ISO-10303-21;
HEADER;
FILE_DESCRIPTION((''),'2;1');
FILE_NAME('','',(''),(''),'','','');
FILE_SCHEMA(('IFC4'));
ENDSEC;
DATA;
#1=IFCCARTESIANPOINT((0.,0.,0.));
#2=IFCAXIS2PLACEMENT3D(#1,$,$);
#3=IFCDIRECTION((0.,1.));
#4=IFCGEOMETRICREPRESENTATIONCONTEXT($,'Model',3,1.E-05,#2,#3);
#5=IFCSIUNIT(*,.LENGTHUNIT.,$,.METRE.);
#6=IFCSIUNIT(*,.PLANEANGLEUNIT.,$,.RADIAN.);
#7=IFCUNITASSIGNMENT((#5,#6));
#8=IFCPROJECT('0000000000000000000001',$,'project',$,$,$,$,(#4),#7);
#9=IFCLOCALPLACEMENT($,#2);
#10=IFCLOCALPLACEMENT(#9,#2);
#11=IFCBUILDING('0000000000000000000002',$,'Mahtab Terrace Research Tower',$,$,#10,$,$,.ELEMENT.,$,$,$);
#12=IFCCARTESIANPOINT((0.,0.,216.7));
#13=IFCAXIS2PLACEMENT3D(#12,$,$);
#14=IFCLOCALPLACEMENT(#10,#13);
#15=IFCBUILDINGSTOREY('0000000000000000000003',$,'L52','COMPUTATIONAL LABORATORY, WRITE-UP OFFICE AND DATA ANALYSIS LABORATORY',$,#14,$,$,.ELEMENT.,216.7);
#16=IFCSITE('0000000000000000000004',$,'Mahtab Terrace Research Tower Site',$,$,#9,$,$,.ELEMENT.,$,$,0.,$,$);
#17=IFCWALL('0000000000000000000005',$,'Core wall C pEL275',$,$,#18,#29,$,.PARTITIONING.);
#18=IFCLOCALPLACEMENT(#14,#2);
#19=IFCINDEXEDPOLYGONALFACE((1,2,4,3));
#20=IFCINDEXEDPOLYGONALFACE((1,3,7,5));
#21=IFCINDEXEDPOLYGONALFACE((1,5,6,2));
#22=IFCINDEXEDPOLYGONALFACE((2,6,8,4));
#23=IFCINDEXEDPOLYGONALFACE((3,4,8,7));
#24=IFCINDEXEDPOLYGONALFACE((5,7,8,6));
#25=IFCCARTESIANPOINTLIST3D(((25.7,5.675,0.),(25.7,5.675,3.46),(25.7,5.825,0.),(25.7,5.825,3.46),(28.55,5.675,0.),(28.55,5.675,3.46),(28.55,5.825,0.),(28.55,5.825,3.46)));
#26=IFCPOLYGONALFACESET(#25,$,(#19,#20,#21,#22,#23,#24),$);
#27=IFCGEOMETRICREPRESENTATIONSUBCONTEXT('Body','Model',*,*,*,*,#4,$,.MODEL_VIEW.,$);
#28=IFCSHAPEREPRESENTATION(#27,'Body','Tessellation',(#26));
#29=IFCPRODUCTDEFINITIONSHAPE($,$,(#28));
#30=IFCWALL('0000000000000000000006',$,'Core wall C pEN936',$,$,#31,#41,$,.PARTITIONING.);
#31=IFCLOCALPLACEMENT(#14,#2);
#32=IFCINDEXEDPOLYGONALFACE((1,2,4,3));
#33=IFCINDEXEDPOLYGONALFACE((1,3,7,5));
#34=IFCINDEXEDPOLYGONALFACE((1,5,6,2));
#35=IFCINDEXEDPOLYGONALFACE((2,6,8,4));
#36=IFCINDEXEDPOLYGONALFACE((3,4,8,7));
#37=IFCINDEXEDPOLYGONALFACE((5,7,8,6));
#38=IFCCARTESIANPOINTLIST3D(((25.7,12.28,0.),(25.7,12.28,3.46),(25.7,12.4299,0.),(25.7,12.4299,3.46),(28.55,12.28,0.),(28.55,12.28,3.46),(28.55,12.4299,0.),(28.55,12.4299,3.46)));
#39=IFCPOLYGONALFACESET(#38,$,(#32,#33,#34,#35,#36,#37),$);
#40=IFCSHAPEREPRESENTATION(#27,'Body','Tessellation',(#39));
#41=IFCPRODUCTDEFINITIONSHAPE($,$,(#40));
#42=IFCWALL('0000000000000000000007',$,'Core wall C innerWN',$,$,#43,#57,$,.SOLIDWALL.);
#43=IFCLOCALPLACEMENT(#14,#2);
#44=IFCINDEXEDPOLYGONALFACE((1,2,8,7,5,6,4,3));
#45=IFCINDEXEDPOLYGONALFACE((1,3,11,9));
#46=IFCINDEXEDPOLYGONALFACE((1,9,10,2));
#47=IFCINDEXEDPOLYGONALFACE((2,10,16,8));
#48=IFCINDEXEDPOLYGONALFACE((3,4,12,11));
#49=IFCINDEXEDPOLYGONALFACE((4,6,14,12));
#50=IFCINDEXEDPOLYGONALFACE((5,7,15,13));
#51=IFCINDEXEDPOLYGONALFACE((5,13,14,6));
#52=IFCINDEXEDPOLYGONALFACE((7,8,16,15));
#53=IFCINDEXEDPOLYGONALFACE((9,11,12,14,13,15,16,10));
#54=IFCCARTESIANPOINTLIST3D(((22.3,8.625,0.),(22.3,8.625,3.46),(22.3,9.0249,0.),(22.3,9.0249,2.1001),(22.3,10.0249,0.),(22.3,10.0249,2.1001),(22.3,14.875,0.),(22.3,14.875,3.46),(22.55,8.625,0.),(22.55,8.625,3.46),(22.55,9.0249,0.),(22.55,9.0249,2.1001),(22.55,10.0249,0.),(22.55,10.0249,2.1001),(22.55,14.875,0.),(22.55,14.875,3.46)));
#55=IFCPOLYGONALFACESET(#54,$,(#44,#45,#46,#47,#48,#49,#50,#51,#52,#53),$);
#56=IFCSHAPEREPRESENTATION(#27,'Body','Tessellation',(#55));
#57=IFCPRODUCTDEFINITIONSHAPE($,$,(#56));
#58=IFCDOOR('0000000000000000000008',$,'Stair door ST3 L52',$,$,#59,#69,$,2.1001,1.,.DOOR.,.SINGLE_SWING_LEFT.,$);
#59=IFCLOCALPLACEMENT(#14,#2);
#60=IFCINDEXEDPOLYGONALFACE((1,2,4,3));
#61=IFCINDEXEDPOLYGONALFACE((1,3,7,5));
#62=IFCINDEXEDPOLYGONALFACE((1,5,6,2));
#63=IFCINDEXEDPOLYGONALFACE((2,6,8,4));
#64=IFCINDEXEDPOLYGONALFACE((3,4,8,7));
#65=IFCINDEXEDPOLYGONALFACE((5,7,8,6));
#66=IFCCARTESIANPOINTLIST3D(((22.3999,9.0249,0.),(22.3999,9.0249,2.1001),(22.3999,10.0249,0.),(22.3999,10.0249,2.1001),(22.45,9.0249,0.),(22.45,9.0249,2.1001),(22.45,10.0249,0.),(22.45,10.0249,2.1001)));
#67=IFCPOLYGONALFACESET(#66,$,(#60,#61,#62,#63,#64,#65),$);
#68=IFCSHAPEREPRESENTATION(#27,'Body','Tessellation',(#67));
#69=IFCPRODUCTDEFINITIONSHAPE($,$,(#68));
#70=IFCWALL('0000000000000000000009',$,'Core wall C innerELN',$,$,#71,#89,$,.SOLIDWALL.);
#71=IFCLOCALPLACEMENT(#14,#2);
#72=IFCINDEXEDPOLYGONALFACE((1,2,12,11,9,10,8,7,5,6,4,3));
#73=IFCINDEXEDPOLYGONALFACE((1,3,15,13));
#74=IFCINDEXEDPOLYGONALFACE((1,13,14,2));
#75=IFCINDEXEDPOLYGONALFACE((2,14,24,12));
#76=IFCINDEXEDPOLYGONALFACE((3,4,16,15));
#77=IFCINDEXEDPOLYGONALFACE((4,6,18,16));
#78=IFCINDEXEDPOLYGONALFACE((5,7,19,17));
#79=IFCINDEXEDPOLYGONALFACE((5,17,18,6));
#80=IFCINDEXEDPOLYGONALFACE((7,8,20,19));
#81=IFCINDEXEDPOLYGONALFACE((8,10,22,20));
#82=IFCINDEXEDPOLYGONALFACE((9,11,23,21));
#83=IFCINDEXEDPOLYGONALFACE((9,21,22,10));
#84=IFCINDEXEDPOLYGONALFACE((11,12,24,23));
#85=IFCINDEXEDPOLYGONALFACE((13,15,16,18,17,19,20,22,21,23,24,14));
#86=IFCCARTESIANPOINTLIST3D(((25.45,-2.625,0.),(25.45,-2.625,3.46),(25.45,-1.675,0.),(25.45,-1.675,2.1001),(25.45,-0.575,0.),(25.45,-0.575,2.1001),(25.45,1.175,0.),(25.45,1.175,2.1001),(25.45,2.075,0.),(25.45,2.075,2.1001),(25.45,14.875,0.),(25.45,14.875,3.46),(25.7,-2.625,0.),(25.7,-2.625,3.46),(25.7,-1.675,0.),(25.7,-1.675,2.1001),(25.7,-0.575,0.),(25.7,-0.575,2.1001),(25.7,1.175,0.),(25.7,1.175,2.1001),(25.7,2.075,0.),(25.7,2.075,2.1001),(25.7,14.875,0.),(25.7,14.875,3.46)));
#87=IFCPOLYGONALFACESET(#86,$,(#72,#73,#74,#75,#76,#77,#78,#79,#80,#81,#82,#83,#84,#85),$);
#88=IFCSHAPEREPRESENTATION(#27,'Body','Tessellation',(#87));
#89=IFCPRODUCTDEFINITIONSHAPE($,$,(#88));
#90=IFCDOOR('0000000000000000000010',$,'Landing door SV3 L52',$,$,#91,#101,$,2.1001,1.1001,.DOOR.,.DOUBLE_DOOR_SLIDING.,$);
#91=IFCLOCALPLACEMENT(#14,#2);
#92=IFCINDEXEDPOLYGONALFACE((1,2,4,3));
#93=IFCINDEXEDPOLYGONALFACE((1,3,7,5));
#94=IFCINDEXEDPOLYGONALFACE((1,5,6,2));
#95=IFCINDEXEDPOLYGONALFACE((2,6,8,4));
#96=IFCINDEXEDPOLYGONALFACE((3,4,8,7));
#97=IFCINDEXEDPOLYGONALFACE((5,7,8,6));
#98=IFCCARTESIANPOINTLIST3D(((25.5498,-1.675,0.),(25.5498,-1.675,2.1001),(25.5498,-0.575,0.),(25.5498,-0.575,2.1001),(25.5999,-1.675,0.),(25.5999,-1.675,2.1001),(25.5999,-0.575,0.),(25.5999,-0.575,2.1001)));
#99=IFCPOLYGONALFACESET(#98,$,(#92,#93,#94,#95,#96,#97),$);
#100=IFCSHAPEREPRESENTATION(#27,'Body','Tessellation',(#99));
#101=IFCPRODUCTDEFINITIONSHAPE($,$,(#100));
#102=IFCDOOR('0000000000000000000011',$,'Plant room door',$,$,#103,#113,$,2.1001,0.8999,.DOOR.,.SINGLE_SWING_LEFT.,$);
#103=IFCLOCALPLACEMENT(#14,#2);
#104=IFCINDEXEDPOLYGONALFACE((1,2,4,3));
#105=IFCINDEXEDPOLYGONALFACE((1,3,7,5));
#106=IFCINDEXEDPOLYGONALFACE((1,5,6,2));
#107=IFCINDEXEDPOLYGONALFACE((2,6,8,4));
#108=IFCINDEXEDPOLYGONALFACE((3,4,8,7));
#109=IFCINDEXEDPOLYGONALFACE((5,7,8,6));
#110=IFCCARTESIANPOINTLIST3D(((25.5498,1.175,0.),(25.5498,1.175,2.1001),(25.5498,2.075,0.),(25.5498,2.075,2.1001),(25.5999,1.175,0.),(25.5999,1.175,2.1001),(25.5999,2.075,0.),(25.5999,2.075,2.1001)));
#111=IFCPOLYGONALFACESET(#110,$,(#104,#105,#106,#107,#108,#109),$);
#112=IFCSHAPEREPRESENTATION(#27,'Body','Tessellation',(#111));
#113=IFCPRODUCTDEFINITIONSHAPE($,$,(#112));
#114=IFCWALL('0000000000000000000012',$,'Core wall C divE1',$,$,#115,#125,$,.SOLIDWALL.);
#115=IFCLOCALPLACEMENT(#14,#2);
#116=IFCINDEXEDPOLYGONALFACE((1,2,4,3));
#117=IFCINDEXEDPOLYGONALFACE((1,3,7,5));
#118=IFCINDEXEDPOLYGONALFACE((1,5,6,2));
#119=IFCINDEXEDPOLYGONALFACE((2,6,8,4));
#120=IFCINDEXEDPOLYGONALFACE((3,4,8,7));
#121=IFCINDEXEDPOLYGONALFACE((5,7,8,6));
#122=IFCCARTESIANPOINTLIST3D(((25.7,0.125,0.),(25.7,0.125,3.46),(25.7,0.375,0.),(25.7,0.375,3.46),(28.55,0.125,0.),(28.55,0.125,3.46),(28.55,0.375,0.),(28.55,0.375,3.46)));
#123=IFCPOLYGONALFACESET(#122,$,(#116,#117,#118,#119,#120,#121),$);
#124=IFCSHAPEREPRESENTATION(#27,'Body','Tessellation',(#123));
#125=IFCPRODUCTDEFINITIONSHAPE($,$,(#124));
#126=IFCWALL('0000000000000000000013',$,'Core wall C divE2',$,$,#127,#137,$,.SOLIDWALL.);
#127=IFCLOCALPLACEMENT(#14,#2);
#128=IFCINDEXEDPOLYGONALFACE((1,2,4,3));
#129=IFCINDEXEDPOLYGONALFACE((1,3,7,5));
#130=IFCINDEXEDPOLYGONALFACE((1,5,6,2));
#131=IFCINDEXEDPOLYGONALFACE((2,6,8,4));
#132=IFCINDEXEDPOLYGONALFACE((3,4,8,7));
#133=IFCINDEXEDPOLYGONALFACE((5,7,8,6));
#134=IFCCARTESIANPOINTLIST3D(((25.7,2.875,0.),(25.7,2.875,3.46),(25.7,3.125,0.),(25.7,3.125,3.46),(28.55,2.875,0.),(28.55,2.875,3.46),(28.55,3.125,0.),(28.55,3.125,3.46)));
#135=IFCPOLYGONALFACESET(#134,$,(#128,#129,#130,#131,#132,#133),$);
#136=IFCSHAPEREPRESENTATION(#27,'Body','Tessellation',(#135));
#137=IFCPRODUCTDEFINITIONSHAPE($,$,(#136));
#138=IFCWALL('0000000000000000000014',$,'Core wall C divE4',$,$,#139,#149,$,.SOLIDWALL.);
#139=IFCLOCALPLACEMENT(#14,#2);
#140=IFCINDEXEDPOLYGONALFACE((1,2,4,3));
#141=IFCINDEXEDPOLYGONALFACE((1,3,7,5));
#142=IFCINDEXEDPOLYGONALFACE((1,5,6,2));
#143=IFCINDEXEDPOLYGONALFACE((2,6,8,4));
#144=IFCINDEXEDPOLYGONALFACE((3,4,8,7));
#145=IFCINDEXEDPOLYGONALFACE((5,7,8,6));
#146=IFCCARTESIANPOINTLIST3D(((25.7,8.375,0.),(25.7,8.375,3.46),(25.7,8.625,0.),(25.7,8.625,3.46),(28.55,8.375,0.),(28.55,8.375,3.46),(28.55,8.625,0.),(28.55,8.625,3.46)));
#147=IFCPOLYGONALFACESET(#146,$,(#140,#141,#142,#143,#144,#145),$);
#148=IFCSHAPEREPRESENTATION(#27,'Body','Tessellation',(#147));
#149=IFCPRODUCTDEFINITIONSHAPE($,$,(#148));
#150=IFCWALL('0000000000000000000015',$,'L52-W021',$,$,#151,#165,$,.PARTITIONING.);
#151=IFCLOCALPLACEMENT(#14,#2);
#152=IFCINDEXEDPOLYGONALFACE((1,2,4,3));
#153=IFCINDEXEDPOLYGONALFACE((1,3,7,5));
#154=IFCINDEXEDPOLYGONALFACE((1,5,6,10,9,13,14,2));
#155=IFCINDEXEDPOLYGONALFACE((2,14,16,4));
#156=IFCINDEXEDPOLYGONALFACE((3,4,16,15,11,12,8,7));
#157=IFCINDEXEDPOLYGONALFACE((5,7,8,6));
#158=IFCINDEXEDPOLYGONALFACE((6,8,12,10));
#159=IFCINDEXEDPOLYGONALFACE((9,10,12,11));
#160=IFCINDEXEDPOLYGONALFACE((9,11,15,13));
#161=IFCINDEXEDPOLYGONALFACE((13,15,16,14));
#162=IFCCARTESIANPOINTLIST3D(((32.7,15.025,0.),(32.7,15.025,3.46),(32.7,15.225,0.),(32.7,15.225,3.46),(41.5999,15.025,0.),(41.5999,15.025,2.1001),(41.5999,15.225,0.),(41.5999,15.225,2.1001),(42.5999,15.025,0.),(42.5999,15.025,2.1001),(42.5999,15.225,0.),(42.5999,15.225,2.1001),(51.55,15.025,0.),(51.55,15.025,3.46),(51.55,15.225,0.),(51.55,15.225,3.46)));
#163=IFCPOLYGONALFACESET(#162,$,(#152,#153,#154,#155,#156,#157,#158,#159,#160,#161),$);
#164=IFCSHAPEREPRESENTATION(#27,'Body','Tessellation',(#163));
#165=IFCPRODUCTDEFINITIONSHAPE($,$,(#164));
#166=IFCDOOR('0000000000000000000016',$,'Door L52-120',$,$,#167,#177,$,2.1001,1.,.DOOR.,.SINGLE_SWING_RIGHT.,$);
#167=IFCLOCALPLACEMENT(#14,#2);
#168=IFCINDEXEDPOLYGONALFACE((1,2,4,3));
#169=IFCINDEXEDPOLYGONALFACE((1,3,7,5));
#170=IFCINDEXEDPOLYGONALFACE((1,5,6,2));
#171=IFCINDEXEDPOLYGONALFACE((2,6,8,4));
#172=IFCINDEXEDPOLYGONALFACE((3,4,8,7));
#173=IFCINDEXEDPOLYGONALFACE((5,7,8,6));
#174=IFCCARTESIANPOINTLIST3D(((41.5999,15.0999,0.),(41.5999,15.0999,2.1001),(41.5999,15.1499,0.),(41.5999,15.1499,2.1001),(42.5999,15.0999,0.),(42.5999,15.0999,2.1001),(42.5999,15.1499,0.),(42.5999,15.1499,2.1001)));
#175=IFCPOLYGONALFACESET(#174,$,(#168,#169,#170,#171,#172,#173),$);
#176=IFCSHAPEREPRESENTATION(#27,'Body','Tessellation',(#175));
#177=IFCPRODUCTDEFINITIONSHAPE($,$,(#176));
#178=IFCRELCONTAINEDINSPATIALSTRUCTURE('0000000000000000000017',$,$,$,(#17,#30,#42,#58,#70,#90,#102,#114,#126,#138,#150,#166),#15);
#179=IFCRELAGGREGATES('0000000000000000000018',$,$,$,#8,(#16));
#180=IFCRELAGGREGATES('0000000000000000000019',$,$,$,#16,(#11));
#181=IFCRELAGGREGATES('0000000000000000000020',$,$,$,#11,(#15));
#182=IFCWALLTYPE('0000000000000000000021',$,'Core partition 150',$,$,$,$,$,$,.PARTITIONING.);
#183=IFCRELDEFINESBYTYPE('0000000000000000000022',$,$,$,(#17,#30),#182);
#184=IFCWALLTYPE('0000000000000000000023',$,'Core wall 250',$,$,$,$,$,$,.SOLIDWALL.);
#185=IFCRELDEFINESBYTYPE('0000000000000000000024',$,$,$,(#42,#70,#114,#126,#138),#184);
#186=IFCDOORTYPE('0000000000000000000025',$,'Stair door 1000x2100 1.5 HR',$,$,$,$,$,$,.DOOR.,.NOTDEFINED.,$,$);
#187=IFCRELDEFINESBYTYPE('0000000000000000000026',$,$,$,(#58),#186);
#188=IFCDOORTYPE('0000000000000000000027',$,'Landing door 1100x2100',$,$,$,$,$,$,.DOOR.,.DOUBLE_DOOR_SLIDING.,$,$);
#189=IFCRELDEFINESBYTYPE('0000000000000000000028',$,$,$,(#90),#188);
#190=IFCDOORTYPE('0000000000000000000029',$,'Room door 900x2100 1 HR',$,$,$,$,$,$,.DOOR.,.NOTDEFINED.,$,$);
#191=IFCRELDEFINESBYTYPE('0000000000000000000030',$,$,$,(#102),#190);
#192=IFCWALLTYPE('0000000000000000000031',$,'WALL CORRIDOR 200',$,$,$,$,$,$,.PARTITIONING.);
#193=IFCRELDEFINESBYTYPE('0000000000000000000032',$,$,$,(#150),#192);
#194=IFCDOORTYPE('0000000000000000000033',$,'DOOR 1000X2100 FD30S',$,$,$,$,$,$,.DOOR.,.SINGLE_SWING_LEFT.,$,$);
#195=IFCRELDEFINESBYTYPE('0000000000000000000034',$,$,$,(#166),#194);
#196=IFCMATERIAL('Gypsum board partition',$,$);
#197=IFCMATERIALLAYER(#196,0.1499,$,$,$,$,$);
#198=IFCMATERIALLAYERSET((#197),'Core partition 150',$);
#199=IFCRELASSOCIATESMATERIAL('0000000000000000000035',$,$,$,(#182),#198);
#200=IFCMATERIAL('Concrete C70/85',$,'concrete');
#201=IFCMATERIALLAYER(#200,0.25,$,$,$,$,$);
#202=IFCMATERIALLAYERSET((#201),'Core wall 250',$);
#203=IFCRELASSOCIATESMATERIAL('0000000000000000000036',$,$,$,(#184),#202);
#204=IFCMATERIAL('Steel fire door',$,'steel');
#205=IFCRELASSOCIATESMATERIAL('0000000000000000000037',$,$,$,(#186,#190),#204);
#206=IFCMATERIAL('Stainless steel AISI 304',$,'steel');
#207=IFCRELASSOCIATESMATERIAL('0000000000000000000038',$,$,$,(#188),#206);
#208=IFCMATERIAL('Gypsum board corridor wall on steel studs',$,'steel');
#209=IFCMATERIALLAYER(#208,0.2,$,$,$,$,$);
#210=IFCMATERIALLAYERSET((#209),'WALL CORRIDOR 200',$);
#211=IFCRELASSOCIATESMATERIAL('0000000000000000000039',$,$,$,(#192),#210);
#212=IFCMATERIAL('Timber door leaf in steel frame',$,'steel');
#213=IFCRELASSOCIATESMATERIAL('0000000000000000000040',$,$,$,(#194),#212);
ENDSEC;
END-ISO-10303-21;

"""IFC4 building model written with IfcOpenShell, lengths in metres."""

from ifc_helpers import new_model, si_unit, direction, frame, frame_2d, origin, place, context, subcontext, project, spatial, rectangle, extrude, material, layer, layer_set, type_object, element, fill, save


model = new_model("IFC4")

# Units and contexts
model_context = context("Model", 3, precision=1e-05, world=origin(), true_north=direction((0.0, 1.0)))
body_context = subcontext(model_context, "Body", "Model", "MODEL_VIEW")
ifc_project = project(units=[si_unit("LENGTHUNIT", "METRE"), si_unit("PLANEANGLEUNIT", "RADIAN")], contexts=[model_context])

# Site, building, storey
site_placement = place(None, origin())
site = spatial("IfcSite", under=ifc_project, at=site_placement, Name="Mahtab Terrace Research Tower Site", CompositionType="ELEMENT", RefElevation=0.0)
building_placement = place(site_placement, origin())
building = spatial("IfcBuilding", under=site, at=building_placement, Name="Mahtab Terrace Research Tower", CompositionType="ELEMENT")
storey_placement = place(building_placement, frame((0.0, 0.0, 216.7)))
storey = spatial("IfcBuildingStorey", under=building, at=storey_placement, Name="L52", Description="COMPUTATIONAL LABORATORY, WRITE-UP OFFICE AND DATA ANALYSIS LABORATORY", CompositionType="ELEMENT", Elevation=216.7)

# Shared definitions
ifc_material_1 = material(Name="Concrete C70/85", Category="concrete")

# Walls
ifc_material_2 = material(Name="Gypsum board partition")
ifc_layer_1 = layer(ifc_material_2, 0.1499)
ifc_layer_set_1 = layer_set([ifc_layer_1], Name="Core partition 150")
wall_type_1 = type_object("IfcWallType", Name="Core partition 150", PredefinedType="PARTITIONING", material=ifc_layer_set_1)
for number, where, z_axis, x_axis, name in (
    (1, (25.7, 5.75, 0.0), (0.0, 0.0, 1.0), (1.0, 0.0, 0.0), "Core wall C pEL275"),
    (2, (25.7, 12.355, 0.0), (0.0, 0.0, 1.0), (1.0, 0.0, 0.0), "Core wall C pEN936"),
):
    element("IfcWall", number, at=place(storey_placement, frame(where, z_axis=z_axis, x_axis=x_axis)), inside=storey, type_object=wall_type_1, Name=name, PredefinedType="PARTITIONING", context=body_context, shape_type="SweptSolid", body=[
        extrude(rectangle(XDim=2.8501, YDim=0.1499, at=frame_2d((1.425, 0.0))), origin(), (0.0, 0.0, 1.0), 3.46),
    ])

# Wall, opening, door
ifc_layer_2 = layer(ifc_material_1, 0.25)
ifc_layer_set_2 = layer_set([ifc_layer_2], Name="Core wall 250")
wall_type_2 = type_object("IfcWallType", Name="Core wall 250", PredefinedType="SOLIDWALL", material=ifc_layer_set_2)
wall_1_placement = place(storey_placement, frame((22.425, 14.875, 0.0), z_axis=(0.0, 0.0, 1.0), x_axis=(0.0, -1.0, 0.0)))
wall_1 = element("IfcWall", 3, at=wall_1_placement, inside=storey, type_object=wall_type_2, Name="Core wall C innerWN", PredefinedType="SOLIDWALL", context=body_context, shape_type="SweptSolid", body=[
    extrude(rectangle(XDim=6.25, YDim=0.25, at=frame_2d((3.125, 0.0))), origin(), (0.0, 0.0, 1.0), 3.46),
])
opening_1_placement = place(wall_1_placement, frame((4.8501, 0.0, 0.0)))
opening_1 = element("IfcOpeningElement", 4, at=opening_1_placement, cuts=wall_1, PredefinedType="OPENING", context=body_context, shape_type="SweptSolid", body=[
    extrude(rectangle(XDim=1.0, YDim=2.1001, at=frame_2d((0.5, 1.05))), frame((0.0, 0.135, 0.0), z_axis=(0.0, -1.0, 0.0), x_axis=(1.0, 0.0, 0.0)), (0.0, 0.0, 1.0), 0.27),
])
ifc_material_3 = material(Name="Steel fire door", Category="steel")
door_type_1 = type_object("IfcDoorType", Name="Stair door 1000x2100 1.5 HR", OperationType="NOTDEFINED", PredefinedType="DOOR", material=ifc_material_3)
door_1_placement = place(opening_1_placement, origin())
door_1 = element("IfcDoor", 5, at=door_1_placement, inside=storey, type_object=door_type_1, Name="Stair door ST3 L52", OperationType="SINGLE_SWING_LEFT", OverallHeight=2.1001, OverallWidth=1.0, PredefinedType="DOOR", context=body_context, shape_type="SweptSolid", body=[
    extrude(rectangle(XDim=1.0, YDim=2.1001, at=frame_2d((0.5, 1.05))), frame((0.0, 0.0249, 0.0), z_axis=(0.0, -1.0, 0.0), x_axis=(1.0, 0.0, 0.0)), (0.0, 0.0, 1.0), 0.05),
])
fill(opening_1, door_1)

# Wall, openings, doors
wall_2_placement = place(storey_placement, frame((25.575, 14.875, 0.0), z_axis=(0.0, 0.0, 1.0), x_axis=(0.0, -1.0, 0.0)))
wall_2 = element("IfcWall", 6, at=wall_2_placement, inside=storey, type_object=wall_type_2, Name="Core wall C innerELN", PredefinedType="SOLIDWALL", context=body_context, shape_type="SweptSolid", body=[
    extrude(rectangle(XDim=17.5, YDim=0.25, at=frame_2d((8.75, 0.0))), origin(), (0.0, 0.0, 1.0), 3.46),
])
opening_2_placement = place(wall_2_placement, frame((15.45, 0.0, 0.0)))
opening_2 = element("IfcOpeningElement", 7, at=opening_2_placement, cuts=wall_2, PredefinedType="OPENING", context=body_context, shape_type="SweptSolid", body=[
    extrude(rectangle(XDim=1.1001, YDim=2.1001, at=frame_2d((0.55, 1.05))), frame((0.0, 0.135, 0.0), z_axis=(0.0, -1.0, 0.0), x_axis=(1.0, 0.0, 0.0)), (0.0, 0.0, 1.0), 0.27),
])
opening_3_placement = place(wall_2_placement, frame((12.8, 0.0, 0.0)))
opening_3 = element("IfcOpeningElement", 8, at=opening_3_placement, cuts=wall_2, PredefinedType="OPENING", context=body_context, shape_type="SweptSolid", body=[
    extrude(rectangle(XDim=0.8999, YDim=2.1001, at=frame_2d((0.45, 1.05))), frame((0.0, 0.135, 0.0), z_axis=(0.0, -1.0, 0.0), x_axis=(1.0, 0.0, 0.0)), (0.0, 0.0, 1.0), 0.27),
])
ifc_material_4 = material(Name="Stainless steel AISI 304", Category="steel")
door_type_2 = type_object("IfcDoorType", Name="Landing door 1100x2100", OperationType="DOUBLE_DOOR_SLIDING", PredefinedType="DOOR", material=ifc_material_4)
door_2_placement = place(opening_2_placement, origin())
door_2 = element("IfcDoor", 9, at=door_2_placement, inside=storey, type_object=door_type_2, Name="Landing door SV3 L52", OperationType="DOUBLE_DOOR_SLIDING", OverallHeight=2.1001, OverallWidth=1.1001, PredefinedType="DOOR", context=body_context, shape_type="SweptSolid", body=[
    extrude(rectangle(XDim=1.1001, YDim=2.1001, at=frame_2d((0.55, 1.05))), frame((0.0, 0.0249, 0.0), z_axis=(0.0, -1.0, 0.0), x_axis=(1.0, 0.0, 0.0)), (0.0, 0.0, 1.0), 0.05),
])
fill(opening_2, door_2)
door_type_3 = type_object("IfcDoorType", Name="Room door 900x2100 1 HR", OperationType="NOTDEFINED", PredefinedType="DOOR", material=ifc_material_3)
door_3_placement = place(opening_3_placement, origin())
door_3 = element("IfcDoor", 10, at=door_3_placement, inside=storey, type_object=door_type_3, Name="Plant room door", OperationType="SINGLE_SWING_LEFT", OverallHeight=2.1001, OverallWidth=0.8999, PredefinedType="DOOR", context=body_context, shape_type="SweptSolid", body=[
    extrude(rectangle(XDim=0.8999, YDim=2.1001, at=frame_2d((0.45, 1.05))), frame((0.0, 0.0249, 0.0), z_axis=(0.0, -1.0, 0.0), x_axis=(1.0, 0.0, 0.0)), (0.0, 0.0, 1.0), 0.05),
])
fill(opening_3, door_3)

# Walls
for number, where, z_axis, x_axis, name in (
    (11, (25.7, 0.25, 0.0), (0.0, 0.0, 1.0), (1.0, 0.0, 0.0), "Core wall C divE1"),
    (12, (25.7, 3.0, 0.0), (0.0, 0.0, 1.0), (1.0, 0.0, 0.0), "Core wall C divE2"),
    (13, (25.7, 8.5, 0.0), (0.0, 0.0, 1.0), (1.0, 0.0, 0.0), "Core wall C divE4"),
):
    element("IfcWall", number, at=place(storey_placement, frame(where, z_axis=z_axis, x_axis=x_axis)), inside=storey, type_object=wall_type_2, Name=name, PredefinedType="SOLIDWALL", context=body_context, shape_type="SweptSolid", body=[
        extrude(rectangle(XDim=2.8501, YDim=0.25, at=frame_2d((1.425, 0.0))), origin(), (0.0, 0.0, 1.0), 3.46),
    ])

# Wall, opening, door
ifc_material_5 = material(Name="Gypsum board corridor wall on steel studs", Category="steel")
ifc_layer_3 = layer(ifc_material_5, 0.2)
ifc_layer_set_3 = layer_set([ifc_layer_3], Name="WALL CORRIDOR 200")
wall_type_3 = type_object("IfcWallType", Name="WALL CORRIDOR 200", PredefinedType="PARTITIONING", material=ifc_layer_set_3)
wall_3_placement = place(storey_placement, frame((32.7, 15.125, 0.0), z_axis=(0.0, 0.0, 1.0), x_axis=(1.0, 0.0, 0.0)))
wall_3 = element("IfcWall", 14, at=wall_3_placement, inside=storey, type_object=wall_type_3, Name="L52-W021", PredefinedType="PARTITIONING", context=body_context, shape_type="SweptSolid", body=[
    extrude(rectangle(XDim=18.8501, YDim=0.2, at=frame_2d((9.425, 0.0))), origin(), (0.0, 0.0, 1.0), 3.46),
])
opening_4_placement = place(wall_3_placement, frame((8.8999, 0.0, 0.0)))
opening_4 = element("IfcOpeningElement", 15, at=opening_4_placement, cuts=wall_3, PredefinedType="OPENING", context=body_context, shape_type="SweptSolid", body=[
    extrude(rectangle(XDim=1.0, YDim=2.1001, at=frame_2d((0.5, 1.05))), frame((0.0, 0.1099, 0.0), z_axis=(0.0, -1.0, 0.0), x_axis=(1.0, 0.0, 0.0)), (0.0, 0.0, 1.0), 0.22),
])
ifc_material_6 = material(Name="Timber door leaf in steel frame", Category="steel")
door_type_4 = type_object("IfcDoorType", Name="DOOR 1000X2100 FD30S", OperationType="SINGLE_SWING_LEFT", PredefinedType="DOOR", material=ifc_material_6)
door_4_placement = place(opening_4_placement, origin())
door_4 = element("IfcDoor", 16, at=door_4_placement, inside=storey, type_object=door_type_4, Name="Door L52-120", OperationType="SINGLE_SWING_RIGHT", OverallHeight=2.1001, OverallWidth=1.0, PredefinedType="DOOR", context=body_context, shape_type="SweptSolid", body=[
    extrude(rectangle(XDim=1.0, YDim=2.1001, at=frame_2d((0.5, 1.05))), frame((0.0, 0.0249, 0.0), z_axis=(0.0, -1.0, 0.0), x_axis=(1.0, 0.0, 0.0)), (0.0, 0.0, 1.0), 0.05),
])
fill(opening_4, door_4)

save(model, "model.ifc")
